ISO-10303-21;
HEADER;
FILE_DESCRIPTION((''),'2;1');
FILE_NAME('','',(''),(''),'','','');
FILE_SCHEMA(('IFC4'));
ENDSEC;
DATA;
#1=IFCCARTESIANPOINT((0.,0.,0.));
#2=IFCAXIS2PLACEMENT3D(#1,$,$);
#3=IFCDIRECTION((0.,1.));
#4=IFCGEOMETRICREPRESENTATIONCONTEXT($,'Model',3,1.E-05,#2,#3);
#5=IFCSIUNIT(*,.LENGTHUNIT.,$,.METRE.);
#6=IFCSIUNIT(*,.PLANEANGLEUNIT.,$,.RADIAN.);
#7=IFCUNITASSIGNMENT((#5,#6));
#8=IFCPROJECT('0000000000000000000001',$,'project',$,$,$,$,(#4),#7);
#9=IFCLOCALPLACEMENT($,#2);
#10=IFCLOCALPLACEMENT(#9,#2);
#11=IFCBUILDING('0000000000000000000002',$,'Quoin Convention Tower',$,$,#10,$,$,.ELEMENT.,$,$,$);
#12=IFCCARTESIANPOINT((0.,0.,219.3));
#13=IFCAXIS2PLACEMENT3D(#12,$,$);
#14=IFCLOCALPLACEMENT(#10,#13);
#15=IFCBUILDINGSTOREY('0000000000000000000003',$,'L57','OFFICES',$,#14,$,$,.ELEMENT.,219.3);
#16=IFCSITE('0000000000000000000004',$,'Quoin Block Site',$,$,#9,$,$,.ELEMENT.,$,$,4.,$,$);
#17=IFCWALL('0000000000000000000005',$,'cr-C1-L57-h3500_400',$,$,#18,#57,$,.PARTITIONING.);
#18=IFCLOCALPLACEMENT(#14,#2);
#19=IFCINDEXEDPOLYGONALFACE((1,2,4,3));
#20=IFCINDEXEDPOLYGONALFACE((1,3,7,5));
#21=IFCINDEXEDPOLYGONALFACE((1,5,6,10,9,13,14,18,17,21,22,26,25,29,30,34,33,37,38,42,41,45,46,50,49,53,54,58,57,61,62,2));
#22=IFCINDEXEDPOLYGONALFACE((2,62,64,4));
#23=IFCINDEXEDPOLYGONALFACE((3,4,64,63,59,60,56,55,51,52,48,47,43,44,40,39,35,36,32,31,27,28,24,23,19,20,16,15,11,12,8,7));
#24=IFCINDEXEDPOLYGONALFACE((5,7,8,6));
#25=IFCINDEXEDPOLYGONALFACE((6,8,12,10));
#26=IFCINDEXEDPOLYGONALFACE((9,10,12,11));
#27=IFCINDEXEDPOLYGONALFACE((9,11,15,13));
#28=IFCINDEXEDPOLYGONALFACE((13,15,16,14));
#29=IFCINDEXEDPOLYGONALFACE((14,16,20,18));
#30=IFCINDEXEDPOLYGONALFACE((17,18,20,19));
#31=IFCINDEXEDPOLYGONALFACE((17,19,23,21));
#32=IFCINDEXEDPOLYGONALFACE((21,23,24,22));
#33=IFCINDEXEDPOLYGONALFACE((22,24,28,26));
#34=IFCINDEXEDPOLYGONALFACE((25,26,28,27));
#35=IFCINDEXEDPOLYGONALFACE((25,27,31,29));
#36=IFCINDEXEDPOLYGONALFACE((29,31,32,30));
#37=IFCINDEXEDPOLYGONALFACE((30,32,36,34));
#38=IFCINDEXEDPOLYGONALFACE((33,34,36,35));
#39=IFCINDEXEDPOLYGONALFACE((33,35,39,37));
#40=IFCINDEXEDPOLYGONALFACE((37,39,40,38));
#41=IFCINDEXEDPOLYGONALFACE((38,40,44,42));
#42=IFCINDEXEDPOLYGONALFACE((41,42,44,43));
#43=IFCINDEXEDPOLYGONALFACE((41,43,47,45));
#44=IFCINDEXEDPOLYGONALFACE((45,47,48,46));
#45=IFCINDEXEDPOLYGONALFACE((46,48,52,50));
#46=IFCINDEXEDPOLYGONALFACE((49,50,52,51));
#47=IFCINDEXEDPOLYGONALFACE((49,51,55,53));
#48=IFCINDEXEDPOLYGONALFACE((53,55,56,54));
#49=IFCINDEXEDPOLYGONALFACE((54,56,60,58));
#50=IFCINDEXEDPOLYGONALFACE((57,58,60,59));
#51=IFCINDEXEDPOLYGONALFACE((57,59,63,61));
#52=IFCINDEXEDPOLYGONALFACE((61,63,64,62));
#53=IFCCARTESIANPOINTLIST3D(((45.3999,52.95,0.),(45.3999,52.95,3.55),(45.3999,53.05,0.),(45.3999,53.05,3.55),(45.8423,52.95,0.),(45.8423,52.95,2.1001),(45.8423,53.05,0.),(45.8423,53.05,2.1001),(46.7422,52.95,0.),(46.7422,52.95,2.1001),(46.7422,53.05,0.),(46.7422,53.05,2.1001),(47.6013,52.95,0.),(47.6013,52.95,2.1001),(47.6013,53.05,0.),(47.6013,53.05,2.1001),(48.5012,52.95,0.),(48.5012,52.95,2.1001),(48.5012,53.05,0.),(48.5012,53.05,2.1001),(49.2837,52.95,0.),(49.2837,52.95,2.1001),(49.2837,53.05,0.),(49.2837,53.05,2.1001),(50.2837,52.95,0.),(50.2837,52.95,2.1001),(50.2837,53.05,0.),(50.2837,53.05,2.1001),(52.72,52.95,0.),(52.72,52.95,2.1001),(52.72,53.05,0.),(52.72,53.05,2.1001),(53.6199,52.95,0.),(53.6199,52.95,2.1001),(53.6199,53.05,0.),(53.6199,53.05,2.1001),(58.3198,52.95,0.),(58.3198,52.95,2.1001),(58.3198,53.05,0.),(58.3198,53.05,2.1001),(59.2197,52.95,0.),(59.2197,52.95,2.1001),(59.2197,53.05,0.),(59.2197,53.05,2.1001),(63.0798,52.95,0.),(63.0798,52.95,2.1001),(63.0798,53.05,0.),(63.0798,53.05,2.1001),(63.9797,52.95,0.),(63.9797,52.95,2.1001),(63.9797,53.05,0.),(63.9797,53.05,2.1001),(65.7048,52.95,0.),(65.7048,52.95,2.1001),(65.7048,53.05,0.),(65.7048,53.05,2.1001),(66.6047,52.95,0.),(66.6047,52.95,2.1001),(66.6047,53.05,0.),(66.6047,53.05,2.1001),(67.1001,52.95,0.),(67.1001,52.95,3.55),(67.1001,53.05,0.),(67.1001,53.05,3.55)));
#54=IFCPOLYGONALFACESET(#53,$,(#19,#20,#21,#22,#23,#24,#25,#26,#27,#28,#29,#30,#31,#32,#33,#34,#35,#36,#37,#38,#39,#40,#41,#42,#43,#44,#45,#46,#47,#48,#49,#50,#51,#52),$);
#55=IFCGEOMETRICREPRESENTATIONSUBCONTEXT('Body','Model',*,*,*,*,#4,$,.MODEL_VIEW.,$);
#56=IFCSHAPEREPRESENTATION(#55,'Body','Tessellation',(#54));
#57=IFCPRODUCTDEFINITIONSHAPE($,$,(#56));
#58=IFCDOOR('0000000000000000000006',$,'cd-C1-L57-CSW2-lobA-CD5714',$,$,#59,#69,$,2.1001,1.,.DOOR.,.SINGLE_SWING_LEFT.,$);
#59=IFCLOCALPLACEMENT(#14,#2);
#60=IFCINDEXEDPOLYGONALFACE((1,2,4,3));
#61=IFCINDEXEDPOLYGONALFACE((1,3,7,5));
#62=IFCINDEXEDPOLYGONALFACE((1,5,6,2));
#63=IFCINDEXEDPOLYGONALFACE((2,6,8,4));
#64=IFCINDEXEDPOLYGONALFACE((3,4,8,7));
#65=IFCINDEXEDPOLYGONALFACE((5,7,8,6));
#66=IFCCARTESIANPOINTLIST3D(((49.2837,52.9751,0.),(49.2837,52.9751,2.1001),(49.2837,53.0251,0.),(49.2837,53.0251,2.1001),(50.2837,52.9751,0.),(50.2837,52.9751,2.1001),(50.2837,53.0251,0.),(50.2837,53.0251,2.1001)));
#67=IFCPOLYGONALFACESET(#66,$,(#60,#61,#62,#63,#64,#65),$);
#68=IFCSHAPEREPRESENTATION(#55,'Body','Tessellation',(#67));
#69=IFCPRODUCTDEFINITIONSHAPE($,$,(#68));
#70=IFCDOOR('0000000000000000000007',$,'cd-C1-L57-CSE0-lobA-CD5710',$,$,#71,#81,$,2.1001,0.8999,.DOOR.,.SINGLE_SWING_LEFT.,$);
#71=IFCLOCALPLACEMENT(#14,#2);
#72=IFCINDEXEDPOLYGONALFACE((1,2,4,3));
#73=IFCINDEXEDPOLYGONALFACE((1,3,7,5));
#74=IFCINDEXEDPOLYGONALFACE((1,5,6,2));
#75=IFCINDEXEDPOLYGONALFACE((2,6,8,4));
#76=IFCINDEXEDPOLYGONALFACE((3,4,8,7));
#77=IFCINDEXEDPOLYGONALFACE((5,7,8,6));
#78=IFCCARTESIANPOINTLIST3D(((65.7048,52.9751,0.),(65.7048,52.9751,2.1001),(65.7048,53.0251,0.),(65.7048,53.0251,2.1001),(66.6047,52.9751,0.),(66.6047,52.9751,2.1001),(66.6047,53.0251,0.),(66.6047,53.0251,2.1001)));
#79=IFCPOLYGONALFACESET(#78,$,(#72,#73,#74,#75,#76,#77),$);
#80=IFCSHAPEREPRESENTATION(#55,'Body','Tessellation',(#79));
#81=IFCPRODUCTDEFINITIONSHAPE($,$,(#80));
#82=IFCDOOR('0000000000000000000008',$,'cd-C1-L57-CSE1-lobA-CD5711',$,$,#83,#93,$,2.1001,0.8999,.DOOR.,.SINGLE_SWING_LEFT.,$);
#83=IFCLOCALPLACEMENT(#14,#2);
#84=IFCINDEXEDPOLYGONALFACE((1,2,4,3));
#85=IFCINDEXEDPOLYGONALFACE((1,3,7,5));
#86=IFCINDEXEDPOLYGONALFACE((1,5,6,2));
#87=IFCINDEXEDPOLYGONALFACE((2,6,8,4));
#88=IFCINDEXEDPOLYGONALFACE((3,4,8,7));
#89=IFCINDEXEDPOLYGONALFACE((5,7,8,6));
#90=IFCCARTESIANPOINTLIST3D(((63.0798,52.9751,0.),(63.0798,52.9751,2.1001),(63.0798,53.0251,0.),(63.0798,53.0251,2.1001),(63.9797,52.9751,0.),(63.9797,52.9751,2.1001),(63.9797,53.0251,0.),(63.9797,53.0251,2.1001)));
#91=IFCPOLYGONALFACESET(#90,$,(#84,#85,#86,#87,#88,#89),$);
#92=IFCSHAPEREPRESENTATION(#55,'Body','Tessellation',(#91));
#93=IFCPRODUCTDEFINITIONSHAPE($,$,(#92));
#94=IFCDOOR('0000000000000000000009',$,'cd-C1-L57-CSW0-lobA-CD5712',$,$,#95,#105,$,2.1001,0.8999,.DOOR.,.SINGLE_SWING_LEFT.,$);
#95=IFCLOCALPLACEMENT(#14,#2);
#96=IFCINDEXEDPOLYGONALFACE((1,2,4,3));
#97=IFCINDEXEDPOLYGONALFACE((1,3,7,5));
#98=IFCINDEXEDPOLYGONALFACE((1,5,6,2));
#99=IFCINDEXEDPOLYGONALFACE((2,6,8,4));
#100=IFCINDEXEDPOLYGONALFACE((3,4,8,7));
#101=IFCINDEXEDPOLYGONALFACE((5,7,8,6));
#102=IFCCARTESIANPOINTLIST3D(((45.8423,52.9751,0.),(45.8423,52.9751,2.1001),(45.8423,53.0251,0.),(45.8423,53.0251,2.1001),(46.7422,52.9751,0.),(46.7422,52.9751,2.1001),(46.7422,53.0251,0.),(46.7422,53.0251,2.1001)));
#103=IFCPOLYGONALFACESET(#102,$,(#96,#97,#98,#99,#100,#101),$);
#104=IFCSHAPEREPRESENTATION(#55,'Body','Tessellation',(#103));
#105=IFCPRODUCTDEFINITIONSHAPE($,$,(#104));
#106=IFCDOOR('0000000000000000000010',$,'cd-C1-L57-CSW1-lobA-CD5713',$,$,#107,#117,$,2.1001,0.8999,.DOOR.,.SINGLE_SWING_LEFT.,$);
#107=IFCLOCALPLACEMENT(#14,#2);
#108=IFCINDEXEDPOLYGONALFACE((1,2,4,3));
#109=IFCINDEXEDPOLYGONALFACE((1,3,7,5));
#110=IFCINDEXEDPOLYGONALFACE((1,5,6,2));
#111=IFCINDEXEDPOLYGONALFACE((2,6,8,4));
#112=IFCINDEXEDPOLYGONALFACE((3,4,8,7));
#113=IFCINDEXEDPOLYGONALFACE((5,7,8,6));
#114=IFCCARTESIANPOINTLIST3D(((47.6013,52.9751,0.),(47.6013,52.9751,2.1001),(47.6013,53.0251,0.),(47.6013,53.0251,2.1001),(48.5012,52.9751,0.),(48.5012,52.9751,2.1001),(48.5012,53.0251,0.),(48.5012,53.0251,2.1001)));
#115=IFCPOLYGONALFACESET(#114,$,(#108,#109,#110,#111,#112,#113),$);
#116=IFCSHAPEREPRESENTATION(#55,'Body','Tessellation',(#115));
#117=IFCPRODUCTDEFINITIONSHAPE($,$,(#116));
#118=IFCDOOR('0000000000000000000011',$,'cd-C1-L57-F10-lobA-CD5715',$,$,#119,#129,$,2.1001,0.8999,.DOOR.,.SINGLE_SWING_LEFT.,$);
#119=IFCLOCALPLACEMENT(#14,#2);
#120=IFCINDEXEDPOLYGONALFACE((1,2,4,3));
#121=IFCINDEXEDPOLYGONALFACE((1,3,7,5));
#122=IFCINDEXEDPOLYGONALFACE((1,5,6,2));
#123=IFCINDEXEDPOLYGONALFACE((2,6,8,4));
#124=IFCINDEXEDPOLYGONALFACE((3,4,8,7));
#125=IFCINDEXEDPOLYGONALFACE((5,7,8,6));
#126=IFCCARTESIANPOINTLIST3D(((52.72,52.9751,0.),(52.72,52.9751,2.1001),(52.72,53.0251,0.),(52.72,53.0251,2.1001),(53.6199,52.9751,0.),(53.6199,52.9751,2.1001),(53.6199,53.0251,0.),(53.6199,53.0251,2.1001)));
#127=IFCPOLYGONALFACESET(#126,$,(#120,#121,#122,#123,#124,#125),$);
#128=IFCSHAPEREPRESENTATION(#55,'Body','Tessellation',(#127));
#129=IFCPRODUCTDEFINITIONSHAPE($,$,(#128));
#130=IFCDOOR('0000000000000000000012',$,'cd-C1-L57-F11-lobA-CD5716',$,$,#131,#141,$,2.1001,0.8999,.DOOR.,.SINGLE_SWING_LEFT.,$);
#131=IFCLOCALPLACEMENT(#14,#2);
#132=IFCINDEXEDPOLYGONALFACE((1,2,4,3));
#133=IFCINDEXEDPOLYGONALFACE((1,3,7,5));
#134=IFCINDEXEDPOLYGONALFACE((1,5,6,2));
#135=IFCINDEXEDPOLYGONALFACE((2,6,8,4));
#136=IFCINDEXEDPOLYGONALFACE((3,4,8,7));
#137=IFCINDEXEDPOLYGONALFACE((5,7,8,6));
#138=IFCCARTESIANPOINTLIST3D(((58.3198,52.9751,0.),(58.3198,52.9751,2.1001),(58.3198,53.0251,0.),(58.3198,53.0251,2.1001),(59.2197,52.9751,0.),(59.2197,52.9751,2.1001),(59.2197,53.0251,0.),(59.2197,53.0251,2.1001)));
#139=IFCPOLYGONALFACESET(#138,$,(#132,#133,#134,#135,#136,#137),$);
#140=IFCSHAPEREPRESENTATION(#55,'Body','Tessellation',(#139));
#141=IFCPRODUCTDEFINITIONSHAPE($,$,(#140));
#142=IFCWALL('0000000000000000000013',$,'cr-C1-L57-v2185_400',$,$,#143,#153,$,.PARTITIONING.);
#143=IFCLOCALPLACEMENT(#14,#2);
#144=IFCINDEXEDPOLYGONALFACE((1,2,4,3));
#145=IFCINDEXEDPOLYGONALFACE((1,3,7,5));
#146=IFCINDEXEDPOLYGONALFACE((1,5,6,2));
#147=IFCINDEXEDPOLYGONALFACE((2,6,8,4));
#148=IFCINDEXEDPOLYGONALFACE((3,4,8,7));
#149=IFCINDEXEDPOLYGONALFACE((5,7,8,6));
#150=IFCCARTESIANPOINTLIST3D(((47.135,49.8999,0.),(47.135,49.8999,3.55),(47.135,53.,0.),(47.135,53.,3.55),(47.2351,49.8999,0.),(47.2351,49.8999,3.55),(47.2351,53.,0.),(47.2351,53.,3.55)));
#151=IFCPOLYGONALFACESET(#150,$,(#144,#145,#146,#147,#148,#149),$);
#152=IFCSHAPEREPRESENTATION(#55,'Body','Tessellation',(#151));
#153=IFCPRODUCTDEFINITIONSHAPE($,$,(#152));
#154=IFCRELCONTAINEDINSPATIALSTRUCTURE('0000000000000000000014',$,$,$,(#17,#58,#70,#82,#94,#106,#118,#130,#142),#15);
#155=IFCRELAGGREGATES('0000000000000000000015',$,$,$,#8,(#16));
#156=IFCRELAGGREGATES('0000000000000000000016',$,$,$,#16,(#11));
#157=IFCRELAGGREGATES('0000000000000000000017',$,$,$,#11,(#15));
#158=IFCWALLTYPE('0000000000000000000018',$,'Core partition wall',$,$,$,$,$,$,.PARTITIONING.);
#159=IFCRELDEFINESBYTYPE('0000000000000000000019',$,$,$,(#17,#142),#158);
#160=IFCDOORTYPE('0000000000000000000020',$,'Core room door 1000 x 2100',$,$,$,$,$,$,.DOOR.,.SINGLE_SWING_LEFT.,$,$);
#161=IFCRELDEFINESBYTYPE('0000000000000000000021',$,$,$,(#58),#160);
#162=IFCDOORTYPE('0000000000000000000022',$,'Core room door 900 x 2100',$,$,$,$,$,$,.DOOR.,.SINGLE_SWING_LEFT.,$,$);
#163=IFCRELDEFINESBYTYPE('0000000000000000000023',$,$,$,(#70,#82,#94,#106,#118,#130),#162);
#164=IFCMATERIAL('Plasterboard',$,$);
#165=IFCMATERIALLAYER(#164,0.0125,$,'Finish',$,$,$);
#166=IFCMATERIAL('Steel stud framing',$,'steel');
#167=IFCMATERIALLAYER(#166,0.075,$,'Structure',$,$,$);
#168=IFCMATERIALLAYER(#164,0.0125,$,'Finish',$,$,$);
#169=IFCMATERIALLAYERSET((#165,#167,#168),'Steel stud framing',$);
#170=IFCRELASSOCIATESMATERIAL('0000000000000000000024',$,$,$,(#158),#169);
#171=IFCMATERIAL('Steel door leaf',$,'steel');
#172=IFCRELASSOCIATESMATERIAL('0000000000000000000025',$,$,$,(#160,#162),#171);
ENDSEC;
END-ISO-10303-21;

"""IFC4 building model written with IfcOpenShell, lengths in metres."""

from ifc_helpers import new_model, si_unit, direction, frame, frame_2d, origin, place, context, subcontext, project, spatial, rectangle, extrude, material, layer, layer_set, type_object, element, fill, save


model = new_model("IFC4")

# Units and contexts
model_context = context("Model", 3, precision=1e-05, world=origin(), true_north=direction((0.0, 1.0)))
body_context = subcontext(model_context, "Body", "Model", "MODEL_VIEW")
ifc_project = project(units=[si_unit("LENGTHUNIT", "METRE"), si_unit("PLANEANGLEUNIT", "RADIAN")], contexts=[model_context])

# Site, building, storey
site_placement = place(None, origin())
site = spatial("IfcSite", under=ifc_project, at=site_placement, Name="Quoin Block Site", CompositionType="ELEMENT", RefElevation=4.0)
building_placement = place(site_placement, origin())
building = spatial("IfcBuilding", under=site, at=building_placement, Name="Quoin Convention Tower", CompositionType="ELEMENT")
storey_placement = place(building_placement, frame((0.0, 0.0, 219.3)))
storey = spatial("IfcBuildingStorey", under=building, at=storey_placement, Name="L57", Description="OFFICES", CompositionType="ELEMENT", Elevation=219.3)

# Wall, openings, doors
ifc_material_1 = material(Name="Plasterboard")
ifc_layer_1 = layer(ifc_material_1, 0.0125, Name="Finish")
ifc_material_2 = material(Name="Steel stud framing", Category="steel")
ifc_layer_2 = layer(ifc_material_2, 0.075, Name="Structure")
ifc_layer_3 = layer(ifc_material_1, 0.0125, Name="Finish")
ifc_layer_set_1 = layer_set([ifc_layer_1, ifc_layer_2, ifc_layer_3], Name="Steel stud framing")
wall_type_1 = type_object("IfcWallType", Name="Core partition wall", PredefinedType="PARTITIONING", material=ifc_layer_set_1)
wall_1_placement = place(storey_placement, frame((45.3999, 53.0, 0.0), z_axis=(0.0, 0.0, 1.0), x_axis=(1.0, 0.0, 0.0)))
wall_1 = element("IfcWall", 1, at=wall_1_placement, inside=storey, type_object=wall_type_1, Name="cr-C1-L57-h3500_400", PredefinedType="PARTITIONING", context=body_context, shape_type="SweptSolid", body=[
    extrude(rectangle(XDim=21.7002, YDim=0.1001, at=frame_2d((10.8501, 0.0))), origin(), (0.0, 0.0, 1.0), 3.55),
])
opening_1_placement = place(wall_1_placement, frame((20.3049, 0.0, 0.0)))
opening_1 = element("IfcOpeningElement", 2, at=opening_1_placement, cuts=wall_1, PredefinedType="OPENING", context=body_context, shape_type="SweptSolid", body=[
    extrude(rectangle(XDim=0.8999, YDim=2.1001, at=frame_2d((0.45, 1.05))), frame((0.0, 0.0601, 0.0), z_axis=(0.0, -1.0, 0.0), x_axis=(1.0, 0.0, 0.0)), (0.0, 0.0, 1.0), 0.1201),
])
opening_2_placement = place(wall_1_placement, frame((17.6799, 0.0, 0.0)))
opening_2 = element("IfcOpeningElement", 3, at=opening_2_placement, cuts=wall_1, PredefinedType="OPENING", context=body_context, shape_type="SweptSolid", body=[
    extrude(rectangle(XDim=0.8999, YDim=2.1001, at=frame_2d((0.45, 1.05))), frame((0.0, 0.0601, 0.0), z_axis=(0.0, -1.0, 0.0), x_axis=(1.0, 0.0, 0.0)), (0.0, 0.0, 1.0), 0.1201),
])
opening_3_placement = place(wall_1_placement, frame((0.4424, 0.0, 0.0)))
opening_3 = element("IfcOpeningElement", 4, at=opening_3_placement, cuts=wall_1, PredefinedType="OPENING", context=body_context, shape_type="SweptSolid", body=[
    extrude(rectangle(XDim=0.8999, YDim=2.1001, at=frame_2d((0.45, 1.05))), frame((0.0, 0.0601, 0.0), z_axis=(0.0, -1.0, 0.0), x_axis=(1.0, 0.0, 0.0)), (0.0, 0.0, 1.0), 0.1201),
])
opening_4_placement = place(wall_1_placement, frame((2.2014, 0.0, 0.0)))
opening_4 = element("IfcOpeningElement", 5, at=opening_4_placement, cuts=wall_1, PredefinedType="OPENING", context=body_context, shape_type="SweptSolid", body=[
    extrude(rectangle(XDim=0.8999, YDim=2.1001, at=frame_2d((0.45, 1.05))), frame((0.0, 0.0601, 0.0), z_axis=(0.0, -1.0, 0.0), x_axis=(1.0, 0.0, 0.0)), (0.0, 0.0, 1.0), 0.1201),
])
opening_5_placement = place(wall_1_placement, frame((3.8838, 0.0, 0.0)))
opening_5 = element("IfcOpeningElement", 6, at=opening_5_placement, cuts=wall_1, PredefinedType="OPENING", context=body_context, shape_type="SweptSolid", body=[
    extrude(rectangle(XDim=1.0, YDim=2.1001, at=frame_2d((0.5, 1.05))), frame((0.0, 0.0601, 0.0), z_axis=(0.0, -1.0, 0.0), x_axis=(1.0, 0.0, 0.0)), (0.0, 0.0, 1.0), 0.1201),
])
opening_6_placement = place(wall_1_placement, frame((7.3201, 0.0, 0.0)))
opening_6 = element("IfcOpeningElement", 7, at=opening_6_placement, cuts=wall_1, PredefinedType="OPENING", context=body_context, shape_type="SweptSolid", body=[
    extrude(rectangle(XDim=0.8999, YDim=2.1001, at=frame_2d((0.45, 1.05))), frame((0.0, 0.0601, 0.0), z_axis=(0.0, -1.0, 0.0), x_axis=(1.0, 0.0, 0.0)), (0.0, 0.0, 1.0), 0.1201),
])
opening_7_placement = place(wall_1_placement, frame((12.9199, 0.0, 0.0)))
opening_7 = element("IfcOpeningElement", 8, at=opening_7_placement, cuts=wall_1, PredefinedType="OPENING", context=body_context, shape_type="SweptSolid", body=[
    extrude(rectangle(XDim=0.8999, YDim=2.1001, at=frame_2d((0.45, 1.05))), frame((0.0, 0.0601, 0.0), z_axis=(0.0, -1.0, 0.0), x_axis=(1.0, 0.0, 0.0)), (0.0, 0.0, 1.0), 0.1201),
])
ifc_material_3 = material(Name="Steel door leaf", Category="steel")
door_type_1 = type_object("IfcDoorType", Name="Core room door 1000 x 2100", OperationType="SINGLE_SWING_LEFT", PredefinedType="DOOR", material=ifc_material_3)
door_1_placement = place(opening_5_placement, frame((1.0, 0.0, 0.0), z_axis=(0.0, 0.0, 1.0), x_axis=(-1.0, 0.0, 0.0)))
door_1 = element("IfcDoor", 9, at=door_1_placement, inside=storey, type_object=door_type_1, Name="cd-C1-L57-CSW2-lobA-CD5714", OperationType="SINGLE_SWING_LEFT", OverallHeight=2.1001, OverallWidth=1.0, PredefinedType="DOOR", context=body_context, shape_type="SweptSolid", body=[
    extrude(rectangle(XDim=1.0, YDim=2.1001, at=frame_2d((0.5, 1.05))), frame((0.0, 0.0249, 0.0), z_axis=(0.0, -1.0, 0.0), x_axis=(1.0, 0.0, 0.0)), (0.0, 0.0, 1.0), 0.05),
])
fill(opening_5, door_1)
door_type_2 = type_object("IfcDoorType", Name="Core room door 900 x 2100", OperationType="SINGLE_SWING_LEFT", PredefinedType="DOOR", material=ifc_material_3)
door_2_placement = place(opening_1_placement, frame((0.8999, 0.0, 0.0), z_axis=(0.0, 0.0, 1.0), x_axis=(-1.0, 0.0, 0.0)))
door_2 = element("IfcDoor", 10, at=door_2_placement, inside=storey, type_object=door_type_2, Name="cd-C1-L57-CSE0-lobA-CD5710", OperationType="SINGLE_SWING_LEFT", OverallHeight=2.1001, OverallWidth=0.8999, PredefinedType="DOOR", context=body_context, shape_type="SweptSolid", body=[
    extrude(rectangle(XDim=0.8999, YDim=2.1001, at=frame_2d((0.45, 1.05))), frame((0.0, 0.0249, 0.0), z_axis=(0.0, -1.0, 0.0), x_axis=(1.0, 0.0, 0.0)), (0.0, 0.0, 1.0), 0.05),
])
fill(opening_1, door_2)
door_3_placement = place(opening_2_placement, frame((0.8999, 0.0, 0.0), z_axis=(0.0, 0.0, 1.0), x_axis=(-1.0, 0.0, 0.0)))
door_3 = element("IfcDoor", 11, at=door_3_placement, inside=storey, type_object=door_type_2, Name="cd-C1-L57-CSE1-lobA-CD5711", OperationType="SINGLE_SWING_LEFT", OverallHeight=2.1001, OverallWidth=0.8999, PredefinedType="DOOR", context=body_context, shape_type="SweptSolid", body=[
    extrude(rectangle(XDim=0.8999, YDim=2.1001, at=frame_2d((0.45, 1.05))), frame((0.0, 0.0249, 0.0), z_axis=(0.0, -1.0, 0.0), x_axis=(1.0, 0.0, 0.0)), (0.0, 0.0, 1.0), 0.05),
])
fill(opening_2, door_3)
door_4_placement = place(opening_3_placement, frame((0.8999, 0.0, 0.0), z_axis=(0.0, 0.0, 1.0), x_axis=(-1.0, 0.0, 0.0)))
door_4 = element("IfcDoor", 12, at=door_4_placement, inside=storey, type_object=door_type_2, Name="cd-C1-L57-CSW0-lobA-CD5712", OperationType="SINGLE_SWING_LEFT", OverallHeight=2.1001, OverallWidth=0.8999, PredefinedType="DOOR", context=body_context, shape_type="SweptSolid", body=[
    extrude(rectangle(XDim=0.8999, YDim=2.1001, at=frame_2d((0.45, 1.05))), frame((0.0, 0.0249, 0.0), z_axis=(0.0, -1.0, 0.0), x_axis=(1.0, 0.0, 0.0)), (0.0, 0.0, 1.0), 0.05),
])
fill(opening_3, door_4)
door_5_placement = place(opening_4_placement, frame((0.8999, 0.0, 0.0), z_axis=(0.0, 0.0, 1.0), x_axis=(-1.0, 0.0, 0.0)))
door_5 = element("IfcDoor", 13, at=door_5_placement, inside=storey, type_object=door_type_2, Name="cd-C1-L57-CSW1-lobA-CD5713", OperationType="SINGLE_SWING_LEFT", OverallHeight=2.1001, OverallWidth=0.8999, PredefinedType="DOOR", context=body_context, shape_type="SweptSolid", body=[
    extrude(rectangle(XDim=0.8999, YDim=2.1001, at=frame_2d((0.45, 1.05))), frame((0.0, 0.0249, 0.0), z_axis=(0.0, -1.0, 0.0), x_axis=(1.0, 0.0, 0.0)), (0.0, 0.0, 1.0), 0.05),
])
fill(opening_4, door_5)
door_6_placement = place(opening_6_placement, frame((0.8999, 0.0, 0.0), z_axis=(0.0, 0.0, 1.0), x_axis=(-1.0, 0.0, 0.0)))
door_6 = element("IfcDoor", 14, at=door_6_placement, inside=storey, type_object=door_type_2, Name="cd-C1-L57-F10-lobA-CD5715", OperationType="SINGLE_SWING_LEFT", OverallHeight=2.1001, OverallWidth=0.8999, PredefinedType="DOOR", context=body_context, shape_type="SweptSolid", body=[
    extrude(rectangle(XDim=0.8999, YDim=2.1001, at=frame_2d((0.45, 1.05))), frame((0.0, 0.0249, 0.0), z_axis=(0.0, -1.0, 0.0), x_axis=(1.0, 0.0, 0.0)), (0.0, 0.0, 1.0), 0.05),
])
fill(opening_6, door_6)
door_7_placement = place(opening_7_placement, frame((0.8999, 0.0, 0.0), z_axis=(0.0, 0.0, 1.0), x_axis=(-1.0, 0.0, 0.0)))
door_7 = element("IfcDoor", 15, at=door_7_placement, inside=storey, type_object=door_type_2, Name="cd-C1-L57-F11-lobA-CD5716", OperationType="SINGLE_SWING_LEFT", OverallHeight=2.1001, OverallWidth=0.8999, PredefinedType="DOOR", context=body_context, shape_type="SweptSolid", body=[
    extrude(rectangle(XDim=0.8999, YDim=2.1001, at=frame_2d((0.45, 1.05))), frame((0.0, 0.0249, 0.0), z_axis=(0.0, -1.0, 0.0), x_axis=(1.0, 0.0, 0.0)), (0.0, 0.0, 1.0), 0.05),
])
fill(opening_7, door_7)

# Wall
wall_2_placement = place(storey_placement, frame((47.1851, 49.8999, 0.0), z_axis=(0.0, 0.0, 1.0), x_axis=(0.0, 1.0, 0.0)))
element("IfcWall", 16, at=wall_2_placement, inside=storey, type_object=wall_type_1, Name="cr-C1-L57-v2185_400", PredefinedType="PARTITIONING", context=body_context, shape_type="SweptSolid", body=[
    extrude(rectangle(XDim=3.1001, YDim=0.1001, at=frame_2d((1.55, 0.0))), origin(), (0.0, 0.0, 1.0), 3.55),
])

save(model, "model.ifc")
